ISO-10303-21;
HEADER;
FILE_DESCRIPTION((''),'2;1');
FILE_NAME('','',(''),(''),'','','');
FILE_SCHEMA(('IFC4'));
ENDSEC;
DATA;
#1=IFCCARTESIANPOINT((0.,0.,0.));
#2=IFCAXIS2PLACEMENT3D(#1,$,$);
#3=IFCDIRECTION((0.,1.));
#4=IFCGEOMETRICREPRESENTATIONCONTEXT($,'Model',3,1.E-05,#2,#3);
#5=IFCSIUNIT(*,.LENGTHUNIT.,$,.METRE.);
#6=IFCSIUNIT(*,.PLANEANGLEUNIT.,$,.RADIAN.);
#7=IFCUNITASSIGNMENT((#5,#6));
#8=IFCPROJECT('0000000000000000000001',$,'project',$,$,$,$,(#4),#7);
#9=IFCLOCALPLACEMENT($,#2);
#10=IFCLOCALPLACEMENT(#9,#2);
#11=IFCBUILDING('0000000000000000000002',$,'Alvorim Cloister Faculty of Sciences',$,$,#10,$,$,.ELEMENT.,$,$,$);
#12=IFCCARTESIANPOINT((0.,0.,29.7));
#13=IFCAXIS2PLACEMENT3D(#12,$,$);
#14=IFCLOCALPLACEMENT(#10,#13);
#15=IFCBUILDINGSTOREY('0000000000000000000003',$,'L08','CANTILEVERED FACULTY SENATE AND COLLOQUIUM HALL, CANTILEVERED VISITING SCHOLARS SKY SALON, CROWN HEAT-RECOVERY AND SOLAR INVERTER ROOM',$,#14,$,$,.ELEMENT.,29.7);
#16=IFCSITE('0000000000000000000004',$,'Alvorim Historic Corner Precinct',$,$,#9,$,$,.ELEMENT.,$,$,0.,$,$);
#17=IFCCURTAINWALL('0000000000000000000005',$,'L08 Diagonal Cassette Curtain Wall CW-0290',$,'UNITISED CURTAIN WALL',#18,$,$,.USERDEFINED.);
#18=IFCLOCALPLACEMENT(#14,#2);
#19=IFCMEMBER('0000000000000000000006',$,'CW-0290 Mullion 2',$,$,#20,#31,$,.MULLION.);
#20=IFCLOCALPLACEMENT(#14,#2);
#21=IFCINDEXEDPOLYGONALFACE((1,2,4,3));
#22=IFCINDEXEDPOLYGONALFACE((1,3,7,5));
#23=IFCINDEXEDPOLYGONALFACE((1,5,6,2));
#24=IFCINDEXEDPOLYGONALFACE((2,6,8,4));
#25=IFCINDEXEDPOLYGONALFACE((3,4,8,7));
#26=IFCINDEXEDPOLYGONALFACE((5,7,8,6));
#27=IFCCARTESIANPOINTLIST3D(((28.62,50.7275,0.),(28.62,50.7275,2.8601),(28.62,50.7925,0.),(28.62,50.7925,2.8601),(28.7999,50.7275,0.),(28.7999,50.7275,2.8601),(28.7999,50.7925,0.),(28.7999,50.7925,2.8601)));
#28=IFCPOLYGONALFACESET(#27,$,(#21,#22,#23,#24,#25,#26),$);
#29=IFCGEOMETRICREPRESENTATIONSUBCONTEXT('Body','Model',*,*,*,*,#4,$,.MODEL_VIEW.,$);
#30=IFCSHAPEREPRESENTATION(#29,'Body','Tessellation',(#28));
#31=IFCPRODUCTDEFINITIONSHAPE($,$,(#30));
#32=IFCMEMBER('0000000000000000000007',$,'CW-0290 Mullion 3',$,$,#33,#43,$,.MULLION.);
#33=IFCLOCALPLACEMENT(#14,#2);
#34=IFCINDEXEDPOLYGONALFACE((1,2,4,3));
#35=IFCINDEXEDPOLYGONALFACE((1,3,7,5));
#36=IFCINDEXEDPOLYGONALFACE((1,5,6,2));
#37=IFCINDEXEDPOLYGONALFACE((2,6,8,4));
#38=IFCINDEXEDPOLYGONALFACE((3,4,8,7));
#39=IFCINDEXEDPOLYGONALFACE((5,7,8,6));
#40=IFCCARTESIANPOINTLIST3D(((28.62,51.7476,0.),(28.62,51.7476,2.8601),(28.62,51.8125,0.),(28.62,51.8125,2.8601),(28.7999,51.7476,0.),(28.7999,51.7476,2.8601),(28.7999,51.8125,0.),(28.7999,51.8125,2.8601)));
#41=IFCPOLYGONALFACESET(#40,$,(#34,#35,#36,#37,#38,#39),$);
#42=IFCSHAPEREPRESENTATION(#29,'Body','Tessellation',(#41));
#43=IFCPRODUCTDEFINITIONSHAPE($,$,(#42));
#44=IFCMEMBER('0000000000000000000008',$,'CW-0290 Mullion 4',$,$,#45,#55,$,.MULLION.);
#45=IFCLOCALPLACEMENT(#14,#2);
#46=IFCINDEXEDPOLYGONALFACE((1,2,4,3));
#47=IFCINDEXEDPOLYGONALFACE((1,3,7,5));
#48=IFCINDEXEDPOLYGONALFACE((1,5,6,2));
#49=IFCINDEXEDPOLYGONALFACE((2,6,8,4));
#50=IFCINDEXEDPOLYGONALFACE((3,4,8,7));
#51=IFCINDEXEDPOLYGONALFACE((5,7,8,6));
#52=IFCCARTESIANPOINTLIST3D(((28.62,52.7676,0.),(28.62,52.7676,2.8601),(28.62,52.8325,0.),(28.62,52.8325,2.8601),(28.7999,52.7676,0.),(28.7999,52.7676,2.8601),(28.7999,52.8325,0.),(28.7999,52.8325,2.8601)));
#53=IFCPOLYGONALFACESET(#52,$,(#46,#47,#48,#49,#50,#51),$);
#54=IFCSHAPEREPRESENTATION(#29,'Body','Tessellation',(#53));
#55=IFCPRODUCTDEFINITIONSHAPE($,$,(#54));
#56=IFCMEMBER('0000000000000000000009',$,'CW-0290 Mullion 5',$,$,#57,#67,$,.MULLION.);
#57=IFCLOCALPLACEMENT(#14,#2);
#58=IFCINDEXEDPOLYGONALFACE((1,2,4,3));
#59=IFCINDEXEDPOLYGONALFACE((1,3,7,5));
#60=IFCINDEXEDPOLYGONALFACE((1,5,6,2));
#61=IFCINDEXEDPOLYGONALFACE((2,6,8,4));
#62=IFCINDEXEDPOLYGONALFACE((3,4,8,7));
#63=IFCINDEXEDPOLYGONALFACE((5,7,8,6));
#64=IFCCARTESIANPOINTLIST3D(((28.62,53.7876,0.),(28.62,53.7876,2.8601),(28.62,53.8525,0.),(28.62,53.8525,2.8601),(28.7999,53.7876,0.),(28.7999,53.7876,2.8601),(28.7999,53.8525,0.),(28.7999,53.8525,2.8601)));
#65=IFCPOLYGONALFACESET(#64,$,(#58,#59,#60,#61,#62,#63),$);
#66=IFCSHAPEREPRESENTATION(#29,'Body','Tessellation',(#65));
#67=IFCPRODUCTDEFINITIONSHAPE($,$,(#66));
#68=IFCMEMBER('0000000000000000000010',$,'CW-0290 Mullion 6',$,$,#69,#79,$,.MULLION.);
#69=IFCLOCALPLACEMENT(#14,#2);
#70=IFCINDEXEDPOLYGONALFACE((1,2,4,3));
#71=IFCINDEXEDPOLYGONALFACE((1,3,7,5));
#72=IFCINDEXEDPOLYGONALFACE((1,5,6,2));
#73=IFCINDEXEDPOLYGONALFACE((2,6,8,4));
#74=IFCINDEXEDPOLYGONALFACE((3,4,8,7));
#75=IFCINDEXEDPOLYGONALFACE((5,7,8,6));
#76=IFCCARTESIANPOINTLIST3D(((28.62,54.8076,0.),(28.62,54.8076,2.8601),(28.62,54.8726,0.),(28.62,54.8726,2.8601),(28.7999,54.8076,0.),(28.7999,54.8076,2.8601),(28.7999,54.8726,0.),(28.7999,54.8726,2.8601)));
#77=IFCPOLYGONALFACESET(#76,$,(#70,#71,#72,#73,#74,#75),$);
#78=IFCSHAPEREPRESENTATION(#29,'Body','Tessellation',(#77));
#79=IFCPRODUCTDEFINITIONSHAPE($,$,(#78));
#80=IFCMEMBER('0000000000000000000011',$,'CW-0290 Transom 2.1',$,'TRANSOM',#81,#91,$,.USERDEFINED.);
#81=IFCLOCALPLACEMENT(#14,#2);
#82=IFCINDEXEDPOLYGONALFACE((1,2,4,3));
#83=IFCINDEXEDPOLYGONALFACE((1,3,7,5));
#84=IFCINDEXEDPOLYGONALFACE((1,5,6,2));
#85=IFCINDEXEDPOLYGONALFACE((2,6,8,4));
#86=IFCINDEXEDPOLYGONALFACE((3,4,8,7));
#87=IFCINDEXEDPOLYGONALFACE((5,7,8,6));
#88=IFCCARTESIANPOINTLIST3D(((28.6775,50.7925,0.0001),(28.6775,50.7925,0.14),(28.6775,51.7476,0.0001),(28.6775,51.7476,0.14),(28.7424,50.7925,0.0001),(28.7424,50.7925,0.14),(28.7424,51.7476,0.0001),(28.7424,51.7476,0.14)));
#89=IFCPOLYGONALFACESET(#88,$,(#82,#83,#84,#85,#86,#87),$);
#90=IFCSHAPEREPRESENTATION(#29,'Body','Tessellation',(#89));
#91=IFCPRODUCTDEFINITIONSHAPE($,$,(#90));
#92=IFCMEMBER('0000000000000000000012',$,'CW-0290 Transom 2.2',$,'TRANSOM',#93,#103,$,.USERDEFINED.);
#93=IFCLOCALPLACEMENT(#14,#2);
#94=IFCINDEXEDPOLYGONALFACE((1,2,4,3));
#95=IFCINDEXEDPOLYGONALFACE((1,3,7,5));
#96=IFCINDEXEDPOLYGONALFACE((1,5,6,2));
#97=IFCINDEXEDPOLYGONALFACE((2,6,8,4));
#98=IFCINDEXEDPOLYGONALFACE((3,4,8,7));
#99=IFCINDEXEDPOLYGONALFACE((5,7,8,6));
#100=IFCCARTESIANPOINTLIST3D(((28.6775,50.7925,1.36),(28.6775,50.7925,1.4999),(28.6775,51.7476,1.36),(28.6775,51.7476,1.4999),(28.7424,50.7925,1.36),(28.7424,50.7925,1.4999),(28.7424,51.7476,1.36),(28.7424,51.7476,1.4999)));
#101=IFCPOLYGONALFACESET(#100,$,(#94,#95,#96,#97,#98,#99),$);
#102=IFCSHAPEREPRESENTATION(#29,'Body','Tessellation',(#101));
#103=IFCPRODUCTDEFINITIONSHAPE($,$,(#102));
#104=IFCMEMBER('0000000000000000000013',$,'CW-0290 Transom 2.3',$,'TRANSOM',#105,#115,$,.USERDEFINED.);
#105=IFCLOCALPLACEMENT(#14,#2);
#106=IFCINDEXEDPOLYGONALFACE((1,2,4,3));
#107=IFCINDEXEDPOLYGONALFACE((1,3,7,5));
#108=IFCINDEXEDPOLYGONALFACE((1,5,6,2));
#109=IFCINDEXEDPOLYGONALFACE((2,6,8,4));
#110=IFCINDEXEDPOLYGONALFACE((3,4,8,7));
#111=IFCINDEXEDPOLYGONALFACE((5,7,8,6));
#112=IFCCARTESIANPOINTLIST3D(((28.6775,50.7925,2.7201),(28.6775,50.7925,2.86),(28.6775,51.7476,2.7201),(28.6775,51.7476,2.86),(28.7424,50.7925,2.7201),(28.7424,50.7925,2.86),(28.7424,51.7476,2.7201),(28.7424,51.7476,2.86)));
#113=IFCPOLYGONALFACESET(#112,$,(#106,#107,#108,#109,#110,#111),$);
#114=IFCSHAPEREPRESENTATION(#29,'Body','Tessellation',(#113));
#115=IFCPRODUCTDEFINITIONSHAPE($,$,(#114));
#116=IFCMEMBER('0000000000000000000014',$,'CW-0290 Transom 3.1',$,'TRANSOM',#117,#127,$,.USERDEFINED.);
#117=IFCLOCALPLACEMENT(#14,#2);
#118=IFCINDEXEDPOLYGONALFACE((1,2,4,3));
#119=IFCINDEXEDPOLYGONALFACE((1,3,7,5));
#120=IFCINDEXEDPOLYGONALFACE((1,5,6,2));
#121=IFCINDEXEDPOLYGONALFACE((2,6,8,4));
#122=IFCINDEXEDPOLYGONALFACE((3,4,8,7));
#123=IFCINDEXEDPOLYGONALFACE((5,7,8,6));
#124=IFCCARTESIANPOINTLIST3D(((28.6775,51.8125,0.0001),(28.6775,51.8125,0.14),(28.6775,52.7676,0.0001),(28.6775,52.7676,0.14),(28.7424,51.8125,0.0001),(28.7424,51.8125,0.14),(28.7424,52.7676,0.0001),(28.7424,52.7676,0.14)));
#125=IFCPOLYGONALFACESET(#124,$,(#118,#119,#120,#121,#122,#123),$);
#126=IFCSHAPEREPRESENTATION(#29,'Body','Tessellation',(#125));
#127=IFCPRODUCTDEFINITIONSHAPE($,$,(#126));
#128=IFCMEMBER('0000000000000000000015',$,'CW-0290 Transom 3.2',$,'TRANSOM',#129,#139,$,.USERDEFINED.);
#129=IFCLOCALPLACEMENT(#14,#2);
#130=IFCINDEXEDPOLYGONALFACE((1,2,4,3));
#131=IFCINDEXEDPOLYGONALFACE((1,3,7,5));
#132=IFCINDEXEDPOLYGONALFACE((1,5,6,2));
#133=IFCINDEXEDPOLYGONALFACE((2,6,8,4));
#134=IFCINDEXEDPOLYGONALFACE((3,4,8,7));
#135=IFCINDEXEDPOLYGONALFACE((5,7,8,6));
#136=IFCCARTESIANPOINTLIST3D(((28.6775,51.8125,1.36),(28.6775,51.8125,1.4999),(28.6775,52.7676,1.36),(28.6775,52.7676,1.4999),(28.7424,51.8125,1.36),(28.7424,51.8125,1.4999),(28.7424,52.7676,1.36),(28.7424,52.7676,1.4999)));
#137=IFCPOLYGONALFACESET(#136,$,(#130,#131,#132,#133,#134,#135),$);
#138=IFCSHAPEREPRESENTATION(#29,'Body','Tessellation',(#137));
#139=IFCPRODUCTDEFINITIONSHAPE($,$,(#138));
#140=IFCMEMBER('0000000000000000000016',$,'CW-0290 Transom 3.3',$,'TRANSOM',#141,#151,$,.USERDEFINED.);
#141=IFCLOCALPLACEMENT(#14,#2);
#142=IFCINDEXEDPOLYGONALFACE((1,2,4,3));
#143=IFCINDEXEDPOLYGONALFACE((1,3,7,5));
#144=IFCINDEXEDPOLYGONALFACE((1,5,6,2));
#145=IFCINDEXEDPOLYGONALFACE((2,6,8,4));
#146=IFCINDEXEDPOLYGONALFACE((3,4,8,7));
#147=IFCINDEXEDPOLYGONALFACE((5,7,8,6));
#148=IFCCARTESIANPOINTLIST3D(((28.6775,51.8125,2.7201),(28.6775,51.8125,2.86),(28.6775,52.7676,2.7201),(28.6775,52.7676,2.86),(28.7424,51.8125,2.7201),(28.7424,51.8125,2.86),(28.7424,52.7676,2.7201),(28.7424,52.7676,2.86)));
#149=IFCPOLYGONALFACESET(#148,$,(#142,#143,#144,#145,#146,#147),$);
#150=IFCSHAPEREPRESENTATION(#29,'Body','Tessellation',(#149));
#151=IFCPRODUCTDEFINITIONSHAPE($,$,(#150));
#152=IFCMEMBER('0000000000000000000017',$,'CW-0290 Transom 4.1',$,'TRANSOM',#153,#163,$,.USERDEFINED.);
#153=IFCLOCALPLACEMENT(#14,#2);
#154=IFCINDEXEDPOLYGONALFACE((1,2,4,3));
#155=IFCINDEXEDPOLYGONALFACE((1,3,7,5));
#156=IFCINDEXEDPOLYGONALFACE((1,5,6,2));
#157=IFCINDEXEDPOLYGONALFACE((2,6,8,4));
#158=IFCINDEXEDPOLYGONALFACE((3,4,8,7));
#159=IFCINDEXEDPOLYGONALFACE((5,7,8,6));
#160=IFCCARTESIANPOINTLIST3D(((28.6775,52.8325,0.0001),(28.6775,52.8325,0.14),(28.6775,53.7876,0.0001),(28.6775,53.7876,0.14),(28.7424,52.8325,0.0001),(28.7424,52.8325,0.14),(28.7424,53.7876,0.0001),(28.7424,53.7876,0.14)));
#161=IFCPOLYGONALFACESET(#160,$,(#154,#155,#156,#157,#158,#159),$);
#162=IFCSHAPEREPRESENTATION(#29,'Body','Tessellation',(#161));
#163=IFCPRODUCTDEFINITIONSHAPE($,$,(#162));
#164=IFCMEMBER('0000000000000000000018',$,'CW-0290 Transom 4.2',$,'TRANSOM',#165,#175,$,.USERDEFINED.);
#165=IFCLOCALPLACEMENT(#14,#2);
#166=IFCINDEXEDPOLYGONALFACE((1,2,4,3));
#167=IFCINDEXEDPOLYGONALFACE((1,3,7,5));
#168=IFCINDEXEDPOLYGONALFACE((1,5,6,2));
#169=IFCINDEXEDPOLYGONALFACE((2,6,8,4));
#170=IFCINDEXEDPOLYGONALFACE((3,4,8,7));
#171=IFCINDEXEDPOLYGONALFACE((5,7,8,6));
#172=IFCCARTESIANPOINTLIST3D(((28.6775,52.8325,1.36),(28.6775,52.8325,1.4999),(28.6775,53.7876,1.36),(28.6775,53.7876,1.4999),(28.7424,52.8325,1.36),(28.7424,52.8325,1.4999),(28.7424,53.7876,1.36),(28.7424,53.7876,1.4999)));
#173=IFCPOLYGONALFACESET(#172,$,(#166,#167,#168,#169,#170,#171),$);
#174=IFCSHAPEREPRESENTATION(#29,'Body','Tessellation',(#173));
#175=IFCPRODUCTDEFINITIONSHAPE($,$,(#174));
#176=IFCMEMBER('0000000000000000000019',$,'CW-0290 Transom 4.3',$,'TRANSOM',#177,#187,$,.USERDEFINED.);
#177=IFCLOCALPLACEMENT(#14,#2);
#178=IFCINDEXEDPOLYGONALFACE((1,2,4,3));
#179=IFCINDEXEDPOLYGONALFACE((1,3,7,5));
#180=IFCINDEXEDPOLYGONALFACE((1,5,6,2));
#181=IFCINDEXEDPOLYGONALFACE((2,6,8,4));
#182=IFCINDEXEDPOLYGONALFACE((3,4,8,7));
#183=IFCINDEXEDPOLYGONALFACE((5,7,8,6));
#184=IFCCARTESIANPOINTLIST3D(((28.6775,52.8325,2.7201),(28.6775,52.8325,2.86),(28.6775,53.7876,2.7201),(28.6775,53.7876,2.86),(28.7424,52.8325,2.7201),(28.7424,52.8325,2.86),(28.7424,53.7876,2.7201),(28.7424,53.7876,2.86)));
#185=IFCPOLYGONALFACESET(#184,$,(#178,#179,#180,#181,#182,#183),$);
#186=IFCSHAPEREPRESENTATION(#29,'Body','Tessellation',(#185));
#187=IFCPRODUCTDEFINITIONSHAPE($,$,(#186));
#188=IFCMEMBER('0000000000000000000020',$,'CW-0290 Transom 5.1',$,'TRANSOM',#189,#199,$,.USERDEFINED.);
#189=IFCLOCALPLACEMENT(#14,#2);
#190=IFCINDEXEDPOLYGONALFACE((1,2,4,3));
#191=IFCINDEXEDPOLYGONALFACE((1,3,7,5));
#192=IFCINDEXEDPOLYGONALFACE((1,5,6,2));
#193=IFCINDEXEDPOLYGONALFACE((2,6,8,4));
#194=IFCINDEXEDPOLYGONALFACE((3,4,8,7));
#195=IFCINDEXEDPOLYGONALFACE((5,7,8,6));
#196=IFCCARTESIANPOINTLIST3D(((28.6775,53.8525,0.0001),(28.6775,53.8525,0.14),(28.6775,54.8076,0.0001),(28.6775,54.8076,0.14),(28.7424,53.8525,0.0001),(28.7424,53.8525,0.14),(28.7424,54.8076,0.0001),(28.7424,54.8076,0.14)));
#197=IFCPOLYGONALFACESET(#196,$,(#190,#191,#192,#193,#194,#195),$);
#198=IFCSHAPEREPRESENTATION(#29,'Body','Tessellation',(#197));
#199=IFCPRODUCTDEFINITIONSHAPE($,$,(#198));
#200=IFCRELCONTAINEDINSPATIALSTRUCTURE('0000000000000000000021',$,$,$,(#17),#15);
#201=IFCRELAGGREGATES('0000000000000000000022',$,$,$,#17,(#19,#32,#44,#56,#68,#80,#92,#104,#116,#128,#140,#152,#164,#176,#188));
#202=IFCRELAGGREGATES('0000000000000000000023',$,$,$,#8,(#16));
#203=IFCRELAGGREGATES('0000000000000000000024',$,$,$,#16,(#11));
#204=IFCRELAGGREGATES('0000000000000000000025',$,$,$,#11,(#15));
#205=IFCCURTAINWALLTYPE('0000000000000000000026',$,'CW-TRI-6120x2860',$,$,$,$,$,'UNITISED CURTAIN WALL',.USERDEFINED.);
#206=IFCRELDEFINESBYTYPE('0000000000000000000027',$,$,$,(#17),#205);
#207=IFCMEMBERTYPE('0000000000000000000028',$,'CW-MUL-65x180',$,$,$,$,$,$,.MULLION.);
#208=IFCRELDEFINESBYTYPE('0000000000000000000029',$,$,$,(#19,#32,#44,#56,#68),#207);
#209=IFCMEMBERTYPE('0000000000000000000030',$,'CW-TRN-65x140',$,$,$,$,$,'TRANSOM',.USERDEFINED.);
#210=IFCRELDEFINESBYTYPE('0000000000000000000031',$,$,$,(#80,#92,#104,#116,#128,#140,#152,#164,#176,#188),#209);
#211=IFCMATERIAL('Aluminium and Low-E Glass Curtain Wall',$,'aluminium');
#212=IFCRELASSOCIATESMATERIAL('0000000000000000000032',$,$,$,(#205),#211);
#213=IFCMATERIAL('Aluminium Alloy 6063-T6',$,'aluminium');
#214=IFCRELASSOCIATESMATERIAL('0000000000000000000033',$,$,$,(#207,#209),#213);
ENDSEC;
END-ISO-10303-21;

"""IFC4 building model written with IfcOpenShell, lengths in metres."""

from ifc_helpers import new_model, si_unit, direction, frame, origin, origin_2d, place, context, subcontext, project, spatial, rectangle, extrude, material, material_profile, profile_set, type_object, element, aggregate, save


model = new_model("IFC4")

# Units and contexts
model_context = context("Model", 3, precision=1e-05, world=origin(), true_north=direction((0.0, 1.0)))
body_context = subcontext(model_context, "Body", "Model", "MODEL_VIEW")
ifc_project = project(units=[si_unit("LENGTHUNIT", "METRE"), si_unit("PLANEANGLEUNIT", "RADIAN")], contexts=[model_context])

# Site, building, storey
site_placement = place(None, origin())
site = spatial("IfcSite", under=ifc_project, at=site_placement, Name="Alvorim Historic Corner Precinct", CompositionType="ELEMENT", RefElevation=0.0)
building_placement = place(site_placement, origin())
building = spatial("IfcBuilding", under=site, at=building_placement, Name="Alvorim Cloister Faculty of Sciences", CompositionType="ELEMENT")
storey_placement = place(building_placement, frame((0.0, 0.0, 29.7)))
storey = spatial("IfcBuildingStorey", under=building, at=storey_placement, Name="L08", Description="CANTILEVERED FACULTY SENATE AND COLLOQUIUM HALL, CANTILEVERED VISITING SCHOLARS SKY SALON, CROWN HEAT-RECOVERY AND SOLAR INVERTER ROOM", CompositionType="ELEMENT", Elevation=29.7)

# Curtain wall, members
ifc_material_1 = material(Name="Aluminium and Low-E Glass Curtain Wall", Category="aluminium")
curtain_wall_type = type_object("IfcCurtainWallType", Name="CW-TRI-6120x2860", ElementType="UNITISED CURTAIN WALL", PredefinedType="USERDEFINED", material=ifc_material_1)
curtain_wall_placement = place(storey_placement, origin())
curtain_wall = element("IfcCurtainWall", 1, at=curtain_wall_placement, inside=storey, type_object=curtain_wall_type, Name="L08 Diagonal Cassette Curtain Wall CW-0290", ObjectType="UNITISED CURTAIN WALL", PredefinedType="USERDEFINED")
ifc_material_2 = material(Name="Aluminium Alloy 6063-T6", Category="aluminium")
ifc_material_profile_1 = material_profile(ifc_material_2, rectangle(XDim=0.0649, YDim=0.1799, at=origin_2d()), Name="ALU-MUL-65x180")
ifc_profile_set_1 = profile_set([ifc_material_profile_1], Name="Aluminium Alloy 6063-T6")
member_type_1 = type_object("IfcMemberType", Name="CW-MUL-65x180", PredefinedType="MULLION", material=ifc_profile_set_1)
member_1_placement = place(storey_placement, frame((28.71, 50.76, 0.0), z_axis=(0.0, 0.0, 1.0), x_axis=(0.0, 1.0, 0.0)))
member_1 = element("IfcMember", 2, at=member_1_placement, type_object=member_type_1, Name="CW-0290 Mullion 2", PredefinedType="MULLION", context=body_context, shape_type="SweptSolid", body=[
    extrude(rectangle(XDim=0.0649, YDim=0.1799, at=origin_2d()), origin(), (0.0, 0.0, 1.0), 2.8601),
])
member_2_placement = place(storey_placement, frame((28.71, 51.78, 0.0), z_axis=(0.0, 0.0, 1.0), x_axis=(0.0, 1.0, 0.0)))
member_2 = element("IfcMember", 3, at=member_2_placement, type_object=member_type_1, Name="CW-0290 Mullion 3", PredefinedType="MULLION", context=body_context, shape_type="SweptSolid", body=[
    extrude(rectangle(XDim=0.0649, YDim=0.1799, at=origin_2d()), origin(), (0.0, 0.0, 1.0), 2.8601),
])
member_3_placement = place(storey_placement, frame((28.71, 52.8, 0.0), z_axis=(0.0, 0.0, 1.0), x_axis=(0.0, 1.0, 0.0)))
member_3 = element("IfcMember", 4, at=member_3_placement, type_object=member_type_1, Name="CW-0290 Mullion 4", PredefinedType="MULLION", context=body_context, shape_type="SweptSolid", body=[
    extrude(rectangle(XDim=0.0649, YDim=0.1799, at=origin_2d()), origin(), (0.0, 0.0, 1.0), 2.8601),
])
member_4_placement = place(storey_placement, frame((28.71, 53.8201, 0.0), z_axis=(0.0, 0.0, 1.0), x_axis=(0.0, 1.0, 0.0)))
member_4 = element("IfcMember", 5, at=member_4_placement, type_object=member_type_1, Name="CW-0290 Mullion 5", PredefinedType="MULLION", context=body_context, shape_type="SweptSolid", body=[
    extrude(rectangle(XDim=0.0649, YDim=0.1799, at=origin_2d()), origin(), (0.0, 0.0, 1.0), 2.8601),
])
member_5_placement = place(storey_placement, frame((28.71, 54.8401, 0.0), z_axis=(0.0, 0.0, 1.0), x_axis=(0.0, 1.0, 0.0)))
member_5 = element("IfcMember", 6, at=member_5_placement, type_object=member_type_1, Name="CW-0290 Mullion 6", PredefinedType="MULLION", context=body_context, shape_type="SweptSolid", body=[
    extrude(rectangle(XDim=0.0649, YDim=0.1799, at=origin_2d()), origin(), (0.0, 0.0, 1.0), 2.8601),
])
ifc_material_profile_2 = material_profile(ifc_material_2, rectangle(XDim=0.0649, YDim=0.1399, at=origin_2d()), Name="ALU-TRN-65x140")
ifc_profile_set_2 = profile_set([ifc_material_profile_2], Name="Aluminium Alloy 6063-T6")
member_type_2 = type_object("IfcMemberType", Name="CW-TRN-65x140", ElementType="TRANSOM", PredefinedType="USERDEFINED", material=ifc_profile_set_2)
member_6_placement = place(storey_placement, frame((28.71, 50.7925, 0.0701), z_axis=(0.0, 1.0, 0.0), x_axis=(-1.0, 0.0, 0.0)))
member_6 = element("IfcMember", 7, at=member_6_placement, type_object=member_type_2, Name="CW-0290 Transom 2.1", ObjectType="TRANSOM", PredefinedType="USERDEFINED", context=body_context, shape_type="SweptSolid", body=[
    extrude(rectangle(XDim=0.0649, YDim=0.1399, at=origin_2d()), origin(), (0.0, 0.0, 1.0), 0.9551),
])
member_7_placement = place(storey_placement, frame((28.71, 50.7925, 1.4299), z_axis=(0.0, 1.0, 0.0), x_axis=(-1.0, 0.0, 0.0)))
member_7 = element("IfcMember", 8, at=member_7_placement, type_object=member_type_2, Name="CW-0290 Transom 2.2", ObjectType="TRANSOM", PredefinedType="USERDEFINED", context=body_context, shape_type="SweptSolid", body=[
    extrude(rectangle(XDim=0.0649, YDim=0.1399, at=origin_2d()), origin(), (0.0, 0.0, 1.0), 0.9551),
])
member_8_placement = place(storey_placement, frame((28.71, 50.7925, 2.79), z_axis=(0.0, 1.0, 0.0), x_axis=(-1.0, 0.0, 0.0)))
member_8 = element("IfcMember", 9, at=member_8_placement, type_object=member_type_2, Name="CW-0290 Transom 2.3", ObjectType="TRANSOM", PredefinedType="USERDEFINED", context=body_context, shape_type="SweptSolid", body=[
    extrude(rectangle(XDim=0.0649, YDim=0.1399, at=origin_2d()), origin(), (0.0, 0.0, 1.0), 0.9551),
])
member_9_placement = place(storey_placement, frame((28.71, 51.8125, 0.0701), z_axis=(0.0, 1.0, 0.0), x_axis=(-1.0, 0.0, 0.0)))
member_9 = element("IfcMember", 10, at=member_9_placement, type_object=member_type_2, Name="CW-0290 Transom 3.1", ObjectType="TRANSOM", PredefinedType="USERDEFINED", context=body_context, shape_type="SweptSolid", body=[
    extrude(rectangle(XDim=0.0649, YDim=0.1399, at=origin_2d()), origin(), (0.0, 0.0, 1.0), 0.9551),
])
member_10_placement = place(storey_placement, frame((28.71, 51.8125, 1.4299), z_axis=(0.0, 1.0, 0.0), x_axis=(-1.0, 0.0, 0.0)))
member_10 = element("IfcMember", 11, at=member_10_placement, type_object=member_type_2, Name="CW-0290 Transom 3.2", ObjectType="TRANSOM", PredefinedType="USERDEFINED", context=body_context, shape_type="SweptSolid", body=[
    extrude(rectangle(XDim=0.0649, YDim=0.1399, at=origin_2d()), origin(), (0.0, 0.0, 1.0), 0.9551),
])
member_11_placement = place(storey_placement, frame((28.71, 51.8125, 2.79), z_axis=(0.0, 1.0, 0.0), x_axis=(-1.0, 0.0, 0.0)))
member_11 = element("IfcMember", 12, at=member_11_placement, type_object=member_type_2, Name="CW-0290 Transom 3.3", ObjectType="TRANSOM", PredefinedType="USERDEFINED", context=body_context, shape_type="SweptSolid", body=[
    extrude(rectangle(XDim=0.0649, YDim=0.1399, at=origin_2d()), origin(), (0.0, 0.0, 1.0), 0.9551),
])
member_12_placement = place(storey_placement, frame((28.71, 52.8325, 0.0701), z_axis=(0.0, 1.0, 0.0), x_axis=(-1.0, 0.0, 0.0)))
member_12 = element("IfcMember", 13, at=member_12_placement, type_object=member_type_2, Name="CW-0290 Transom 4.1", ObjectType="TRANSOM", PredefinedType="USERDEFINED", context=body_context, shape_type="SweptSolid", body=[
    extrude(rectangle(XDim=0.0649, YDim=0.1399, at=origin_2d()), origin(), (0.0, 0.0, 1.0), 0.9551),
])
member_13_placement = place(storey_placement, frame((28.71, 52.8325, 1.4299), z_axis=(0.0, 1.0, 0.0), x_axis=(-1.0, 0.0, 0.0)))
member_13 = element("IfcMember", 14, at=member_13_placement, type_object=member_type_2, Name="CW-0290 Transom 4.2", ObjectType="TRANSOM", PredefinedType="USERDEFINED", context=body_context, shape_type="SweptSolid", body=[
    extrude(rectangle(XDim=0.0649, YDim=0.1399, at=origin_2d()), origin(), (0.0, 0.0, 1.0), 0.9551),
])
member_14_placement = place(storey_placement, frame((28.71, 52.8325, 2.79), z_axis=(0.0, 1.0, 0.0), x_axis=(-1.0, 0.0, 0.0)))
member_14 = element("IfcMember", 15, at=member_14_placement, type_object=member_type_2, Name="CW-0290 Transom 4.3", ObjectType="TRANSOM", PredefinedType="USERDEFINED", context=body_context, shape_type="SweptSolid", body=[
    extrude(rectangle(XDim=0.0649, YDim=0.1399, at=origin_2d()), origin(), (0.0, 0.0, 1.0), 0.9551),
])
member_15_placement = place(storey_placement, frame((28.71, 53.8525, 0.0701), z_axis=(0.0, 1.0, 0.0), x_axis=(-1.0, 0.0, 0.0)))
member_15 = element("IfcMember", 16, at=member_15_placement, type_object=member_type_2, Name="CW-0290 Transom 5.1", ObjectType="TRANSOM", PredefinedType="USERDEFINED", context=body_context, shape_type="SweptSolid", body=[
    extrude(rectangle(XDim=0.0649, YDim=0.1399, at=origin_2d()), origin(), (0.0, 0.0, 1.0), 0.9551),
])
aggregate(curtain_wall, [member_1, member_2, member_3, member_4, member_5, member_6, member_7, member_8, member_9, member_10, member_11, member_12, member_13, member_14, member_15])

save(model, "model.ifc")
